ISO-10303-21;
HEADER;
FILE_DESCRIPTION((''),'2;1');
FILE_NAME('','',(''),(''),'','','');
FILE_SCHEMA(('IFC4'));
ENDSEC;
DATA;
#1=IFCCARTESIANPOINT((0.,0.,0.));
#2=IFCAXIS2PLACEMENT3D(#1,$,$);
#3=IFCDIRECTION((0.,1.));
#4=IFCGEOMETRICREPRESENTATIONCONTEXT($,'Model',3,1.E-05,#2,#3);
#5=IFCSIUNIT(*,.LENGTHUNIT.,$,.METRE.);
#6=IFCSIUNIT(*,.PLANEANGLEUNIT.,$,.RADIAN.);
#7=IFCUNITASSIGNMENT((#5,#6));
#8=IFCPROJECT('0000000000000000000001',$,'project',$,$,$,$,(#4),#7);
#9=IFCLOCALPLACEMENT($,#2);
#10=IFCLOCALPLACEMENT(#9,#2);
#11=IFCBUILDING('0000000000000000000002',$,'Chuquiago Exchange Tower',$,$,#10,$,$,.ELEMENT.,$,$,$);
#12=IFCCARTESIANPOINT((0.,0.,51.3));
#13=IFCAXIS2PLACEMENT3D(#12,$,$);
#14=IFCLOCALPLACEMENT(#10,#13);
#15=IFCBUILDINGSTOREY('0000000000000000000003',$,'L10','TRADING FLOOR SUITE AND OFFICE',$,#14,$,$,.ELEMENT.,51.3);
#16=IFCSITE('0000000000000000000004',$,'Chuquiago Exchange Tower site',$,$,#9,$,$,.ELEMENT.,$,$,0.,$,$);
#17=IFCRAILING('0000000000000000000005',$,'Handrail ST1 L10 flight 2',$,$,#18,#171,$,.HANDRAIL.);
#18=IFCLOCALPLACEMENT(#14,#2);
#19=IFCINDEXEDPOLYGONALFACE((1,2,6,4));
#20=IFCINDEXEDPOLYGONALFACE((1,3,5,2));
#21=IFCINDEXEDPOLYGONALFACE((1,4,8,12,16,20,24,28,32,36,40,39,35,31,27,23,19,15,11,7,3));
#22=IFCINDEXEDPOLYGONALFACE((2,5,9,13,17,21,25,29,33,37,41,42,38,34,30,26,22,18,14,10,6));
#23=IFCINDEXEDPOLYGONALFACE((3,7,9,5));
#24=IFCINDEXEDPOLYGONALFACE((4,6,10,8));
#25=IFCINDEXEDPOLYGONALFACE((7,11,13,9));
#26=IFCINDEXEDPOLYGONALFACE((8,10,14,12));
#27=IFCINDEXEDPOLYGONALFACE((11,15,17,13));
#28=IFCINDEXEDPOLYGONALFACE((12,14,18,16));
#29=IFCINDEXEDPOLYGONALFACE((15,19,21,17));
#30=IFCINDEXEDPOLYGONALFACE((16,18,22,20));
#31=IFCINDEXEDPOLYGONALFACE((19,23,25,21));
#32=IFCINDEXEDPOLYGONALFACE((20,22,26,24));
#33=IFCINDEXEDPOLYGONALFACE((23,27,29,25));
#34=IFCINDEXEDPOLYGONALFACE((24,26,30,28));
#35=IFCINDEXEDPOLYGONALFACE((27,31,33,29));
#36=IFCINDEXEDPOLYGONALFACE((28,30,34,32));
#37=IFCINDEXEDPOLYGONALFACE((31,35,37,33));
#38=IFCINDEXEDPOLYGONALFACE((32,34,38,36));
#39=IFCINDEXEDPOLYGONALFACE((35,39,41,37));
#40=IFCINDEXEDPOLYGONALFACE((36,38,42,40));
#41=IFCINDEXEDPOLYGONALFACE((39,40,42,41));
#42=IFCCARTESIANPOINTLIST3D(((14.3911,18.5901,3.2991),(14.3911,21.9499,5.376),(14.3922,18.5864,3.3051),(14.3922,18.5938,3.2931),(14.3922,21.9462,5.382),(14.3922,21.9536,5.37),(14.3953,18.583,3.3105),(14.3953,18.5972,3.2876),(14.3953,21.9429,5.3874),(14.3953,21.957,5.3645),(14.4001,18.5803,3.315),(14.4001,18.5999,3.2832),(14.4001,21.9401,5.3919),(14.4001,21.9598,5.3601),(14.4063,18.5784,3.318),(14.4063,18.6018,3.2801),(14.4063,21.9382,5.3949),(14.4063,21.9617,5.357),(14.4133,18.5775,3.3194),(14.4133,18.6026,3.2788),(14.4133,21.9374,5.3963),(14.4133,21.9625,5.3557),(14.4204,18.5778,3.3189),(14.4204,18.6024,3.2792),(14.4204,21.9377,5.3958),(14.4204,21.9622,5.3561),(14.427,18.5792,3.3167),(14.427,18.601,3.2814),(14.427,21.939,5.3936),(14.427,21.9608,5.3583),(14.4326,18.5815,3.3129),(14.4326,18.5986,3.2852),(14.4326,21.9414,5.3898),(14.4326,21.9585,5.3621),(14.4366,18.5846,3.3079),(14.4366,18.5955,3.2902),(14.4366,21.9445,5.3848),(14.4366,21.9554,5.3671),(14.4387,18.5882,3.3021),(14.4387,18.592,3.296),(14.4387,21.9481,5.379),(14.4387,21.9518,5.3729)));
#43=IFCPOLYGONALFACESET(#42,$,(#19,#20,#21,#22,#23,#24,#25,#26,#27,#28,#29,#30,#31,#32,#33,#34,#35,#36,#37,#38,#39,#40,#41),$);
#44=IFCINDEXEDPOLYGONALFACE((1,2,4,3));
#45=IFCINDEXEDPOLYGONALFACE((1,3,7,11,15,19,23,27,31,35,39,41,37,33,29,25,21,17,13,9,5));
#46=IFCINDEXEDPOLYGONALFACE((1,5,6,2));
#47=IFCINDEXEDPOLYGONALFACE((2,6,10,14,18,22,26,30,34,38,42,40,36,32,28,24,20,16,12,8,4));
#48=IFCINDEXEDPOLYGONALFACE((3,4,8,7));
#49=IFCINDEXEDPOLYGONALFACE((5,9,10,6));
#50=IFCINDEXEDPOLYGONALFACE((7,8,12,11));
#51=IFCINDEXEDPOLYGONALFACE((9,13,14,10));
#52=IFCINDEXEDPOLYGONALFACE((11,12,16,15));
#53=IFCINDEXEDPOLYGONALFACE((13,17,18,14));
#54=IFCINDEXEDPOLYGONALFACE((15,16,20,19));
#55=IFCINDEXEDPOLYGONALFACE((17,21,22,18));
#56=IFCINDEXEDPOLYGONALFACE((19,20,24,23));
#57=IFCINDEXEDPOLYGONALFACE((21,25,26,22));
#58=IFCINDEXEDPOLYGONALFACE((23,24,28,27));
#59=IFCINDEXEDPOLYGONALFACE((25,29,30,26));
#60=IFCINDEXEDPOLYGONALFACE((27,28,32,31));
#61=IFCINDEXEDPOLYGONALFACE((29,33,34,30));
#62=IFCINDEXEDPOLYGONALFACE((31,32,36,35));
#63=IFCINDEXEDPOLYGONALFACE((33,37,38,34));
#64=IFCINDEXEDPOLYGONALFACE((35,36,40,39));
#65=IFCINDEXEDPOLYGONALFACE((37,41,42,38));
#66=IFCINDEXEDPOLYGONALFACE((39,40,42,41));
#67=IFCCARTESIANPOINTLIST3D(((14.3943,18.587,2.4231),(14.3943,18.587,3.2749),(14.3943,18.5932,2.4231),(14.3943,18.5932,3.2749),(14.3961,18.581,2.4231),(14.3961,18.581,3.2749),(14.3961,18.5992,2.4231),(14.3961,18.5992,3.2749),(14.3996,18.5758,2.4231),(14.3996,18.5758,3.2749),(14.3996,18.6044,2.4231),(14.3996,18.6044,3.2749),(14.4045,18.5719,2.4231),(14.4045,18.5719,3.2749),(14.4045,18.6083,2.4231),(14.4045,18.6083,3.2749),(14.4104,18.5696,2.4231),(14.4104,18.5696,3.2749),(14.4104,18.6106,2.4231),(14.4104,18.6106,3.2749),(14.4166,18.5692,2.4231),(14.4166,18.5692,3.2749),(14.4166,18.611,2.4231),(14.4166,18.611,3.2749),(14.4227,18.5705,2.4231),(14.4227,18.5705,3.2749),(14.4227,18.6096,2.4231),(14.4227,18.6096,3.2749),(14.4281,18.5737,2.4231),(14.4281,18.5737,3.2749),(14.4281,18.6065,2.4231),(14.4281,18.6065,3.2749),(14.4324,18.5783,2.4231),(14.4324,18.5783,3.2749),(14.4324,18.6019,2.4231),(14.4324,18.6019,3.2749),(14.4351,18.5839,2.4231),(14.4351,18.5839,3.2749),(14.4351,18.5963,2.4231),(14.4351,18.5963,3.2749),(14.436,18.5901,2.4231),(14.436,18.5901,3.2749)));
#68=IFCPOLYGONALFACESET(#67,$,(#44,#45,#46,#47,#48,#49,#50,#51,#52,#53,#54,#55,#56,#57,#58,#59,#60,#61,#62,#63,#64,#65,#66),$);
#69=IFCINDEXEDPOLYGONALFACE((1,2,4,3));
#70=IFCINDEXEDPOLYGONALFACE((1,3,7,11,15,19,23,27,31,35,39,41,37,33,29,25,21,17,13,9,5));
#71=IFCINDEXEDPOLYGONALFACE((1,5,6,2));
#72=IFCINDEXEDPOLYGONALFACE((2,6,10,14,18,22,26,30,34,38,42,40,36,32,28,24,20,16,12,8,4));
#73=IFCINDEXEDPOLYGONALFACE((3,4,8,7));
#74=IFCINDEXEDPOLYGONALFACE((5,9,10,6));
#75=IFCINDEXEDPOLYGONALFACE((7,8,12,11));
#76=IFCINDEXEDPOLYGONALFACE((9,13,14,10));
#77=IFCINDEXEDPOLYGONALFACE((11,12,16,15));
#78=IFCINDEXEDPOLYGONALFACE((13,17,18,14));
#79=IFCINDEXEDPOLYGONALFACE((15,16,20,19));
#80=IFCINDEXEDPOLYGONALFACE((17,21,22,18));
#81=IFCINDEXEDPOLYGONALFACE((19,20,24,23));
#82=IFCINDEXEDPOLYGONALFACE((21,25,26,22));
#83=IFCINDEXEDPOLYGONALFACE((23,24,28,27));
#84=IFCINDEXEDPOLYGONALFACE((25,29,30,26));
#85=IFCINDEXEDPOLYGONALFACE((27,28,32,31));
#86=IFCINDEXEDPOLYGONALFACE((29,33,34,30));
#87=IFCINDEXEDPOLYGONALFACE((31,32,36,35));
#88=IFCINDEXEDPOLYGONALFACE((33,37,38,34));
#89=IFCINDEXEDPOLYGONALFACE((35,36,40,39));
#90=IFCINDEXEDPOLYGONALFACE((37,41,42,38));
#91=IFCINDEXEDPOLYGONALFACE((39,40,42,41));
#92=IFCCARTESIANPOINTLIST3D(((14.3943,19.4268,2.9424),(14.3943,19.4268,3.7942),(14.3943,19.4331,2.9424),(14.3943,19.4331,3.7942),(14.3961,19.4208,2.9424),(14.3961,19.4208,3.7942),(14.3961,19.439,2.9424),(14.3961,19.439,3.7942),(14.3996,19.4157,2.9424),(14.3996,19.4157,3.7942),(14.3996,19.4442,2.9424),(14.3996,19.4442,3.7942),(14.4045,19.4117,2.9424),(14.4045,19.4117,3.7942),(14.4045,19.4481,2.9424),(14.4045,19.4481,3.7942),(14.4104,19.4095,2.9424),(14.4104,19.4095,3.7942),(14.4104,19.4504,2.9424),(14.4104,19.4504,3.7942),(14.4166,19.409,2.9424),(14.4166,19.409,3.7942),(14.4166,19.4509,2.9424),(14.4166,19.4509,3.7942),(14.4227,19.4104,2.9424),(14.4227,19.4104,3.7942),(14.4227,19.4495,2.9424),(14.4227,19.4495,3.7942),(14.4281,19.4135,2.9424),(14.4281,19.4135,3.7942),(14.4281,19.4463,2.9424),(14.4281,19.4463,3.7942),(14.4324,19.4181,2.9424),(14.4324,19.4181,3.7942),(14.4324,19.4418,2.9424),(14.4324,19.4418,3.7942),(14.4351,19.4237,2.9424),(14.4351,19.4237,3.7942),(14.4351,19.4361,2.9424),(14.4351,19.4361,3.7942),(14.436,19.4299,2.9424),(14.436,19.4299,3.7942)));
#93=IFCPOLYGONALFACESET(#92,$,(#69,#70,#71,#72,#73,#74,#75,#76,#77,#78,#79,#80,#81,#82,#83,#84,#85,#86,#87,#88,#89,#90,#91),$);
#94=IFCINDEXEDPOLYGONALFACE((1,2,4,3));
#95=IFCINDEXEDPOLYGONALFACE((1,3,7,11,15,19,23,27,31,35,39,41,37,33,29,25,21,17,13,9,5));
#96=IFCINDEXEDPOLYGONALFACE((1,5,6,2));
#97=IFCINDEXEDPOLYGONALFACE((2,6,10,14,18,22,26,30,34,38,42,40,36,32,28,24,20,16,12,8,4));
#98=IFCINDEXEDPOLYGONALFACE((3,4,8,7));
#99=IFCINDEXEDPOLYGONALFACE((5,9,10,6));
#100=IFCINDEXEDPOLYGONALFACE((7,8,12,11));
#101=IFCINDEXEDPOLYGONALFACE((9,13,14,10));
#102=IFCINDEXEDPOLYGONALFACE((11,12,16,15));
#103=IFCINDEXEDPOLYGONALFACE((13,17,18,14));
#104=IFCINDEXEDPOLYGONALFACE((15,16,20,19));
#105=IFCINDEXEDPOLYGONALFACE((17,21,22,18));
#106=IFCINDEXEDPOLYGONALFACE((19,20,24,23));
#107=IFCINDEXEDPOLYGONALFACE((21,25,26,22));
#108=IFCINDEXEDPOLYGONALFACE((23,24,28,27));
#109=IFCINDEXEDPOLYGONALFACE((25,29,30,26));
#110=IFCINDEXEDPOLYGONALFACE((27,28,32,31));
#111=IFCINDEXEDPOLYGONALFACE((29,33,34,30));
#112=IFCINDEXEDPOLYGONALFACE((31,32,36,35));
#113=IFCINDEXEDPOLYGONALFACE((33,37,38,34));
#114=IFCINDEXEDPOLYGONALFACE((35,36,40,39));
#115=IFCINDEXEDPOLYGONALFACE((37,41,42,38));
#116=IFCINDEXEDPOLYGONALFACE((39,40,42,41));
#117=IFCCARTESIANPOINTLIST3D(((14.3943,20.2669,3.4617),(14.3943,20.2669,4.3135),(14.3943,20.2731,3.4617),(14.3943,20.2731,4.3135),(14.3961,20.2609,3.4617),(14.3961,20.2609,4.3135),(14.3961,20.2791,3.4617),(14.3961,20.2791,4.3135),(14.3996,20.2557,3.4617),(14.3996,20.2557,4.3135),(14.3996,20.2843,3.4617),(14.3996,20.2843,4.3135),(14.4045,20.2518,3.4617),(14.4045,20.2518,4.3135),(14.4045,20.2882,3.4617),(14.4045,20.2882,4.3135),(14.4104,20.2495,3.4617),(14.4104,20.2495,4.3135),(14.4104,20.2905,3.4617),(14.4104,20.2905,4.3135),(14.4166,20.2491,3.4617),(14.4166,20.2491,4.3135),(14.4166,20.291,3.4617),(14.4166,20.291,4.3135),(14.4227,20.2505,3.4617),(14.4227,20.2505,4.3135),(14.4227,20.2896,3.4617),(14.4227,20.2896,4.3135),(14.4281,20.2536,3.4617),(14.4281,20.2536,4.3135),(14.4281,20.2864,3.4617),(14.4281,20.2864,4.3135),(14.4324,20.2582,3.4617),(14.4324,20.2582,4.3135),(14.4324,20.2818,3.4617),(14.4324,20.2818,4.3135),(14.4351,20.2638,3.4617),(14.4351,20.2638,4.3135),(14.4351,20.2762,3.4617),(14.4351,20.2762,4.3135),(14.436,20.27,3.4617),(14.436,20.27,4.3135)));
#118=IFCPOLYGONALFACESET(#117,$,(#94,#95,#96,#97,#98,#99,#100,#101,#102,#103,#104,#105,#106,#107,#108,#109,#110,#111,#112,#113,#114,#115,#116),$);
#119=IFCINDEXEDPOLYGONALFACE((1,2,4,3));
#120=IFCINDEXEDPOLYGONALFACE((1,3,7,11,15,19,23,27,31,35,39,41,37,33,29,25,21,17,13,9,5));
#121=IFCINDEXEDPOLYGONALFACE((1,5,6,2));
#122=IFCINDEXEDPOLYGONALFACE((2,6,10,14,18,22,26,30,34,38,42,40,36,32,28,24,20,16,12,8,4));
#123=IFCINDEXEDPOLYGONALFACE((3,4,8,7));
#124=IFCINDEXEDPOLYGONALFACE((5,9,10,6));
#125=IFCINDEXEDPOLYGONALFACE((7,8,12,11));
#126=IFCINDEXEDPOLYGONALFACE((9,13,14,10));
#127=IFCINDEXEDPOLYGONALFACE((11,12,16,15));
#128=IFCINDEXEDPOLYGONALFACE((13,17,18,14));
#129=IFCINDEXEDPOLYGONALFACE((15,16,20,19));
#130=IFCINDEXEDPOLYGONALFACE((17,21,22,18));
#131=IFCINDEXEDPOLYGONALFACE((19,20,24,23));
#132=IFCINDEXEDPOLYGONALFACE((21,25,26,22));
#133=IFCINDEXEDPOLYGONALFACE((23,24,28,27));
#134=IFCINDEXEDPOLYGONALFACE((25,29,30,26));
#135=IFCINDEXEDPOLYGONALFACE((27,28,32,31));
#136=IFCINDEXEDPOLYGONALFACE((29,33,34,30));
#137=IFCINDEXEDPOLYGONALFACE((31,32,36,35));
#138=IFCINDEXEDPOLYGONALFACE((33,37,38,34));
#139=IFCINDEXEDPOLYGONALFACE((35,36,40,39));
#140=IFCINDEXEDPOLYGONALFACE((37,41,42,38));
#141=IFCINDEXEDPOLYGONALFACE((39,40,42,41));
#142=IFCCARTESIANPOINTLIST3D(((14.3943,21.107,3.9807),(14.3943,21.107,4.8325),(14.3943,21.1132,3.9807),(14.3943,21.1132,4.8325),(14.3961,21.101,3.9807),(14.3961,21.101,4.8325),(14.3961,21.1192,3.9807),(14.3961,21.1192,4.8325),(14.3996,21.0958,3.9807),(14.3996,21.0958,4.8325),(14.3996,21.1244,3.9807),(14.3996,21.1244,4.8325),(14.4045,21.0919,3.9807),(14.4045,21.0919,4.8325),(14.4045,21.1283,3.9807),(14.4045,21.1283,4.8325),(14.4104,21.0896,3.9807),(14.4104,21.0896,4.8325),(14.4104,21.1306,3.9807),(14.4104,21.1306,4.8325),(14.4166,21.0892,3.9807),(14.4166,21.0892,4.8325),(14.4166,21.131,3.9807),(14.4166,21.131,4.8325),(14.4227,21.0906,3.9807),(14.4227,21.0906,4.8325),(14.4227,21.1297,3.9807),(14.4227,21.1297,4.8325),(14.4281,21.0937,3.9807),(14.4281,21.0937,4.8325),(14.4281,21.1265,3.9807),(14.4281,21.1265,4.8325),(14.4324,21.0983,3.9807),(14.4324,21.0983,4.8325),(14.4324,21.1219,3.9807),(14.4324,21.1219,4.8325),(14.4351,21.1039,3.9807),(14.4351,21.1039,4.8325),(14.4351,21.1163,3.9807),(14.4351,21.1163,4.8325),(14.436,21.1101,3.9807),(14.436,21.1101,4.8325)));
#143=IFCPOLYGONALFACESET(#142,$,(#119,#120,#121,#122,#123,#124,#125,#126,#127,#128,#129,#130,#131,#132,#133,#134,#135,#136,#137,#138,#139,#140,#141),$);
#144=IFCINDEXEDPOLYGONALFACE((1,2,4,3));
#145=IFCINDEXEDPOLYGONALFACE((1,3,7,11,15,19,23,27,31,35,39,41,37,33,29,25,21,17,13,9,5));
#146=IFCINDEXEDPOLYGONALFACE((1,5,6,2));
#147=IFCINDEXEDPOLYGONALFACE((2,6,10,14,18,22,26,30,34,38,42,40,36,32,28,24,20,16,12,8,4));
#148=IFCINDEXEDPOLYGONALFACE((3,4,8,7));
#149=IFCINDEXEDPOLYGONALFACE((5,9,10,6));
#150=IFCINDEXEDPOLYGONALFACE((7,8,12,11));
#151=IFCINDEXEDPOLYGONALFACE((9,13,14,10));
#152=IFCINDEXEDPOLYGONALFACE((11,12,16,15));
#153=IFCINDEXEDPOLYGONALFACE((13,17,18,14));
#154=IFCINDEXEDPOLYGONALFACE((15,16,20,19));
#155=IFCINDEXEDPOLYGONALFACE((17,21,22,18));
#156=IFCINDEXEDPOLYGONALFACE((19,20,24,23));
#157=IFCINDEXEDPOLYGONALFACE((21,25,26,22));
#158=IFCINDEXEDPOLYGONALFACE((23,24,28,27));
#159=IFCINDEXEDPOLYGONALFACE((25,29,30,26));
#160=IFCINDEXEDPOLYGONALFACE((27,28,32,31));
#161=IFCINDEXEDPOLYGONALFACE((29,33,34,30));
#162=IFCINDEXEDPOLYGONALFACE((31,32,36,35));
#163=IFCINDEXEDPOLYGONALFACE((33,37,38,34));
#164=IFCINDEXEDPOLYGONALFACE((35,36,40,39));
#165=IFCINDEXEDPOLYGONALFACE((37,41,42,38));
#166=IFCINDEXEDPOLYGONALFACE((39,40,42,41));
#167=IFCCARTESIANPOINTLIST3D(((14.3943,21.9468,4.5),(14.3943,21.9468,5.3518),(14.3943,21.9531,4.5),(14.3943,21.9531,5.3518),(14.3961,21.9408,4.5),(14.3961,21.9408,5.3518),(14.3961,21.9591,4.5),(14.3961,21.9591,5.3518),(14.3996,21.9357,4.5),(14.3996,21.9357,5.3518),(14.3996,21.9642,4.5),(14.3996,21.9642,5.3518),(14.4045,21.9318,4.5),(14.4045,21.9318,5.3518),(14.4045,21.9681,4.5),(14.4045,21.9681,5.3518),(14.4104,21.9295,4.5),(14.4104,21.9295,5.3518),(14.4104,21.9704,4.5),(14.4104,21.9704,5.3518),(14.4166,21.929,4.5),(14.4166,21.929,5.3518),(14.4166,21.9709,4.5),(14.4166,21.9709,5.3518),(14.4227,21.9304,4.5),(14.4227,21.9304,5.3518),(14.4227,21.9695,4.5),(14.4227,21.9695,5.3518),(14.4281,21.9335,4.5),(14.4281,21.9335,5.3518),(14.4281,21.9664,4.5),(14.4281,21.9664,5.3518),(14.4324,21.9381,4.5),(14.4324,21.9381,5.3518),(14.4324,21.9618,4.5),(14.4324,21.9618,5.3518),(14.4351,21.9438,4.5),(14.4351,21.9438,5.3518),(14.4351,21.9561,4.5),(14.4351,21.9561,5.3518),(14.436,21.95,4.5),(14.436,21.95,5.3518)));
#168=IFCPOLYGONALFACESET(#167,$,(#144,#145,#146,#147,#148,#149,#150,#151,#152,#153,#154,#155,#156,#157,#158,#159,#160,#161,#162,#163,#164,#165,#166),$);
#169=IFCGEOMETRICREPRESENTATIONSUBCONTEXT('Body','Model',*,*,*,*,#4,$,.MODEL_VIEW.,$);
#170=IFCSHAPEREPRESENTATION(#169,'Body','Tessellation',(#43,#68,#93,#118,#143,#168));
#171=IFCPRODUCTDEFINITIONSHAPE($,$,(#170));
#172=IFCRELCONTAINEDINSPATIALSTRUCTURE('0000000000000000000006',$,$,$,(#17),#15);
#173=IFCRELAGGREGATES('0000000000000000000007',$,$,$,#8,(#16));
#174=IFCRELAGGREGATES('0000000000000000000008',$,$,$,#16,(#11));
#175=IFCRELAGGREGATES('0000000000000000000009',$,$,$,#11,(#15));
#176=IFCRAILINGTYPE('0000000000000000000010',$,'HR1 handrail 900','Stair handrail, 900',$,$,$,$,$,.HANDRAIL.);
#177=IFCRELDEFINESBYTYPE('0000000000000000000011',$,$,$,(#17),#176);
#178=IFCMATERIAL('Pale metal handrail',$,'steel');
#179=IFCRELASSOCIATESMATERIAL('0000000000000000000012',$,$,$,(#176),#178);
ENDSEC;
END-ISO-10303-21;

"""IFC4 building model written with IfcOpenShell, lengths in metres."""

from ifc_helpers import new_model, si_unit, direction, frame, origin, origin_2d, place, context, subcontext, project, spatial, circle, extrude, material, type_object, element, save


model = new_model("IFC4")

# Units and contexts
model_context = context("Model", 3, precision=1e-05, world=origin(), true_north=direction((0.0, 1.0)))
body_context = subcontext(model_context, "Body", "Model", "MODEL_VIEW")
ifc_project = project(units=[si_unit("LENGTHUNIT", "METRE"), si_unit("PLANEANGLEUNIT", "RADIAN")], contexts=[model_context])

# Site, building, storey
site_placement = place(None, origin())
site = spatial("IfcSite", under=ifc_project, at=site_placement, Name="Chuquiago Exchange Tower site", CompositionType="ELEMENT", RefElevation=0.0)
building_placement = place(site_placement, origin())
building = spatial("IfcBuilding", under=site, at=building_placement, Name="Chuquiago Exchange Tower", CompositionType="ELEMENT")
storey_placement = place(building_placement, frame((0.0, 0.0, 51.3)))
storey = spatial("IfcBuildingStorey", under=building, at=storey_placement, Name="L10", Description="TRADING FLOOR SUITE AND OFFICE", CompositionType="ELEMENT", Elevation=51.3)

# Railing
ifc_material_1 = material(Name="Pale metal handrail", Category="steel")
railing_type_1 = type_object("IfcRailingType", Name="HR1 handrail 900", Description="Stair handrail, 900", PredefinedType="HANDRAIL", material=ifc_material_1)
for number, where, name in (
    (1, (14.415, 18.5901, 2.4231), "Handrail ST1 L10 flight 2"),
):
    element("IfcRailing", number, at=place(storey_placement, frame(where)), inside=storey, type_object=railing_type_1, Name=name, PredefinedType="HANDRAIL", context=body_context, shape_type="SweptSolid", body=[
        extrude(circle(Radius=0.0239, at=origin_2d()), frame((0.0, 0.0, 0.876), z_axis=(0.0, 0.850606, 0.525803), x_axis=(-1.0, 0.0, 0.0)), (0.0, 0.0, 1.0), 3.95),
        extrude(circle(Radius=0.021, at=origin_2d()), origin(), (0.0, 0.0, 1.0), 0.8518),
        extrude(circle(Radius=0.021, at=origin_2d()), frame((0.0, 0.8398, 0.5193)), (0.0, 0.0, 1.0), 0.8518),
        extrude(circle(Radius=0.021, at=origin_2d()), frame((0.0, 1.6799, 1.0386)), (0.0, 0.0, 1.0), 0.8518),
        extrude(circle(Radius=0.021, at=origin_2d()), frame((0.0, 2.52, 1.5576)), (0.0, 0.0, 1.0), 0.8518),
        extrude(circle(Radius=0.021, at=origin_2d()), frame((0.0, 3.3599, 2.0769)), (0.0, 0.0, 1.0), 0.8518),
    ])

save(model, "model.ifc")
